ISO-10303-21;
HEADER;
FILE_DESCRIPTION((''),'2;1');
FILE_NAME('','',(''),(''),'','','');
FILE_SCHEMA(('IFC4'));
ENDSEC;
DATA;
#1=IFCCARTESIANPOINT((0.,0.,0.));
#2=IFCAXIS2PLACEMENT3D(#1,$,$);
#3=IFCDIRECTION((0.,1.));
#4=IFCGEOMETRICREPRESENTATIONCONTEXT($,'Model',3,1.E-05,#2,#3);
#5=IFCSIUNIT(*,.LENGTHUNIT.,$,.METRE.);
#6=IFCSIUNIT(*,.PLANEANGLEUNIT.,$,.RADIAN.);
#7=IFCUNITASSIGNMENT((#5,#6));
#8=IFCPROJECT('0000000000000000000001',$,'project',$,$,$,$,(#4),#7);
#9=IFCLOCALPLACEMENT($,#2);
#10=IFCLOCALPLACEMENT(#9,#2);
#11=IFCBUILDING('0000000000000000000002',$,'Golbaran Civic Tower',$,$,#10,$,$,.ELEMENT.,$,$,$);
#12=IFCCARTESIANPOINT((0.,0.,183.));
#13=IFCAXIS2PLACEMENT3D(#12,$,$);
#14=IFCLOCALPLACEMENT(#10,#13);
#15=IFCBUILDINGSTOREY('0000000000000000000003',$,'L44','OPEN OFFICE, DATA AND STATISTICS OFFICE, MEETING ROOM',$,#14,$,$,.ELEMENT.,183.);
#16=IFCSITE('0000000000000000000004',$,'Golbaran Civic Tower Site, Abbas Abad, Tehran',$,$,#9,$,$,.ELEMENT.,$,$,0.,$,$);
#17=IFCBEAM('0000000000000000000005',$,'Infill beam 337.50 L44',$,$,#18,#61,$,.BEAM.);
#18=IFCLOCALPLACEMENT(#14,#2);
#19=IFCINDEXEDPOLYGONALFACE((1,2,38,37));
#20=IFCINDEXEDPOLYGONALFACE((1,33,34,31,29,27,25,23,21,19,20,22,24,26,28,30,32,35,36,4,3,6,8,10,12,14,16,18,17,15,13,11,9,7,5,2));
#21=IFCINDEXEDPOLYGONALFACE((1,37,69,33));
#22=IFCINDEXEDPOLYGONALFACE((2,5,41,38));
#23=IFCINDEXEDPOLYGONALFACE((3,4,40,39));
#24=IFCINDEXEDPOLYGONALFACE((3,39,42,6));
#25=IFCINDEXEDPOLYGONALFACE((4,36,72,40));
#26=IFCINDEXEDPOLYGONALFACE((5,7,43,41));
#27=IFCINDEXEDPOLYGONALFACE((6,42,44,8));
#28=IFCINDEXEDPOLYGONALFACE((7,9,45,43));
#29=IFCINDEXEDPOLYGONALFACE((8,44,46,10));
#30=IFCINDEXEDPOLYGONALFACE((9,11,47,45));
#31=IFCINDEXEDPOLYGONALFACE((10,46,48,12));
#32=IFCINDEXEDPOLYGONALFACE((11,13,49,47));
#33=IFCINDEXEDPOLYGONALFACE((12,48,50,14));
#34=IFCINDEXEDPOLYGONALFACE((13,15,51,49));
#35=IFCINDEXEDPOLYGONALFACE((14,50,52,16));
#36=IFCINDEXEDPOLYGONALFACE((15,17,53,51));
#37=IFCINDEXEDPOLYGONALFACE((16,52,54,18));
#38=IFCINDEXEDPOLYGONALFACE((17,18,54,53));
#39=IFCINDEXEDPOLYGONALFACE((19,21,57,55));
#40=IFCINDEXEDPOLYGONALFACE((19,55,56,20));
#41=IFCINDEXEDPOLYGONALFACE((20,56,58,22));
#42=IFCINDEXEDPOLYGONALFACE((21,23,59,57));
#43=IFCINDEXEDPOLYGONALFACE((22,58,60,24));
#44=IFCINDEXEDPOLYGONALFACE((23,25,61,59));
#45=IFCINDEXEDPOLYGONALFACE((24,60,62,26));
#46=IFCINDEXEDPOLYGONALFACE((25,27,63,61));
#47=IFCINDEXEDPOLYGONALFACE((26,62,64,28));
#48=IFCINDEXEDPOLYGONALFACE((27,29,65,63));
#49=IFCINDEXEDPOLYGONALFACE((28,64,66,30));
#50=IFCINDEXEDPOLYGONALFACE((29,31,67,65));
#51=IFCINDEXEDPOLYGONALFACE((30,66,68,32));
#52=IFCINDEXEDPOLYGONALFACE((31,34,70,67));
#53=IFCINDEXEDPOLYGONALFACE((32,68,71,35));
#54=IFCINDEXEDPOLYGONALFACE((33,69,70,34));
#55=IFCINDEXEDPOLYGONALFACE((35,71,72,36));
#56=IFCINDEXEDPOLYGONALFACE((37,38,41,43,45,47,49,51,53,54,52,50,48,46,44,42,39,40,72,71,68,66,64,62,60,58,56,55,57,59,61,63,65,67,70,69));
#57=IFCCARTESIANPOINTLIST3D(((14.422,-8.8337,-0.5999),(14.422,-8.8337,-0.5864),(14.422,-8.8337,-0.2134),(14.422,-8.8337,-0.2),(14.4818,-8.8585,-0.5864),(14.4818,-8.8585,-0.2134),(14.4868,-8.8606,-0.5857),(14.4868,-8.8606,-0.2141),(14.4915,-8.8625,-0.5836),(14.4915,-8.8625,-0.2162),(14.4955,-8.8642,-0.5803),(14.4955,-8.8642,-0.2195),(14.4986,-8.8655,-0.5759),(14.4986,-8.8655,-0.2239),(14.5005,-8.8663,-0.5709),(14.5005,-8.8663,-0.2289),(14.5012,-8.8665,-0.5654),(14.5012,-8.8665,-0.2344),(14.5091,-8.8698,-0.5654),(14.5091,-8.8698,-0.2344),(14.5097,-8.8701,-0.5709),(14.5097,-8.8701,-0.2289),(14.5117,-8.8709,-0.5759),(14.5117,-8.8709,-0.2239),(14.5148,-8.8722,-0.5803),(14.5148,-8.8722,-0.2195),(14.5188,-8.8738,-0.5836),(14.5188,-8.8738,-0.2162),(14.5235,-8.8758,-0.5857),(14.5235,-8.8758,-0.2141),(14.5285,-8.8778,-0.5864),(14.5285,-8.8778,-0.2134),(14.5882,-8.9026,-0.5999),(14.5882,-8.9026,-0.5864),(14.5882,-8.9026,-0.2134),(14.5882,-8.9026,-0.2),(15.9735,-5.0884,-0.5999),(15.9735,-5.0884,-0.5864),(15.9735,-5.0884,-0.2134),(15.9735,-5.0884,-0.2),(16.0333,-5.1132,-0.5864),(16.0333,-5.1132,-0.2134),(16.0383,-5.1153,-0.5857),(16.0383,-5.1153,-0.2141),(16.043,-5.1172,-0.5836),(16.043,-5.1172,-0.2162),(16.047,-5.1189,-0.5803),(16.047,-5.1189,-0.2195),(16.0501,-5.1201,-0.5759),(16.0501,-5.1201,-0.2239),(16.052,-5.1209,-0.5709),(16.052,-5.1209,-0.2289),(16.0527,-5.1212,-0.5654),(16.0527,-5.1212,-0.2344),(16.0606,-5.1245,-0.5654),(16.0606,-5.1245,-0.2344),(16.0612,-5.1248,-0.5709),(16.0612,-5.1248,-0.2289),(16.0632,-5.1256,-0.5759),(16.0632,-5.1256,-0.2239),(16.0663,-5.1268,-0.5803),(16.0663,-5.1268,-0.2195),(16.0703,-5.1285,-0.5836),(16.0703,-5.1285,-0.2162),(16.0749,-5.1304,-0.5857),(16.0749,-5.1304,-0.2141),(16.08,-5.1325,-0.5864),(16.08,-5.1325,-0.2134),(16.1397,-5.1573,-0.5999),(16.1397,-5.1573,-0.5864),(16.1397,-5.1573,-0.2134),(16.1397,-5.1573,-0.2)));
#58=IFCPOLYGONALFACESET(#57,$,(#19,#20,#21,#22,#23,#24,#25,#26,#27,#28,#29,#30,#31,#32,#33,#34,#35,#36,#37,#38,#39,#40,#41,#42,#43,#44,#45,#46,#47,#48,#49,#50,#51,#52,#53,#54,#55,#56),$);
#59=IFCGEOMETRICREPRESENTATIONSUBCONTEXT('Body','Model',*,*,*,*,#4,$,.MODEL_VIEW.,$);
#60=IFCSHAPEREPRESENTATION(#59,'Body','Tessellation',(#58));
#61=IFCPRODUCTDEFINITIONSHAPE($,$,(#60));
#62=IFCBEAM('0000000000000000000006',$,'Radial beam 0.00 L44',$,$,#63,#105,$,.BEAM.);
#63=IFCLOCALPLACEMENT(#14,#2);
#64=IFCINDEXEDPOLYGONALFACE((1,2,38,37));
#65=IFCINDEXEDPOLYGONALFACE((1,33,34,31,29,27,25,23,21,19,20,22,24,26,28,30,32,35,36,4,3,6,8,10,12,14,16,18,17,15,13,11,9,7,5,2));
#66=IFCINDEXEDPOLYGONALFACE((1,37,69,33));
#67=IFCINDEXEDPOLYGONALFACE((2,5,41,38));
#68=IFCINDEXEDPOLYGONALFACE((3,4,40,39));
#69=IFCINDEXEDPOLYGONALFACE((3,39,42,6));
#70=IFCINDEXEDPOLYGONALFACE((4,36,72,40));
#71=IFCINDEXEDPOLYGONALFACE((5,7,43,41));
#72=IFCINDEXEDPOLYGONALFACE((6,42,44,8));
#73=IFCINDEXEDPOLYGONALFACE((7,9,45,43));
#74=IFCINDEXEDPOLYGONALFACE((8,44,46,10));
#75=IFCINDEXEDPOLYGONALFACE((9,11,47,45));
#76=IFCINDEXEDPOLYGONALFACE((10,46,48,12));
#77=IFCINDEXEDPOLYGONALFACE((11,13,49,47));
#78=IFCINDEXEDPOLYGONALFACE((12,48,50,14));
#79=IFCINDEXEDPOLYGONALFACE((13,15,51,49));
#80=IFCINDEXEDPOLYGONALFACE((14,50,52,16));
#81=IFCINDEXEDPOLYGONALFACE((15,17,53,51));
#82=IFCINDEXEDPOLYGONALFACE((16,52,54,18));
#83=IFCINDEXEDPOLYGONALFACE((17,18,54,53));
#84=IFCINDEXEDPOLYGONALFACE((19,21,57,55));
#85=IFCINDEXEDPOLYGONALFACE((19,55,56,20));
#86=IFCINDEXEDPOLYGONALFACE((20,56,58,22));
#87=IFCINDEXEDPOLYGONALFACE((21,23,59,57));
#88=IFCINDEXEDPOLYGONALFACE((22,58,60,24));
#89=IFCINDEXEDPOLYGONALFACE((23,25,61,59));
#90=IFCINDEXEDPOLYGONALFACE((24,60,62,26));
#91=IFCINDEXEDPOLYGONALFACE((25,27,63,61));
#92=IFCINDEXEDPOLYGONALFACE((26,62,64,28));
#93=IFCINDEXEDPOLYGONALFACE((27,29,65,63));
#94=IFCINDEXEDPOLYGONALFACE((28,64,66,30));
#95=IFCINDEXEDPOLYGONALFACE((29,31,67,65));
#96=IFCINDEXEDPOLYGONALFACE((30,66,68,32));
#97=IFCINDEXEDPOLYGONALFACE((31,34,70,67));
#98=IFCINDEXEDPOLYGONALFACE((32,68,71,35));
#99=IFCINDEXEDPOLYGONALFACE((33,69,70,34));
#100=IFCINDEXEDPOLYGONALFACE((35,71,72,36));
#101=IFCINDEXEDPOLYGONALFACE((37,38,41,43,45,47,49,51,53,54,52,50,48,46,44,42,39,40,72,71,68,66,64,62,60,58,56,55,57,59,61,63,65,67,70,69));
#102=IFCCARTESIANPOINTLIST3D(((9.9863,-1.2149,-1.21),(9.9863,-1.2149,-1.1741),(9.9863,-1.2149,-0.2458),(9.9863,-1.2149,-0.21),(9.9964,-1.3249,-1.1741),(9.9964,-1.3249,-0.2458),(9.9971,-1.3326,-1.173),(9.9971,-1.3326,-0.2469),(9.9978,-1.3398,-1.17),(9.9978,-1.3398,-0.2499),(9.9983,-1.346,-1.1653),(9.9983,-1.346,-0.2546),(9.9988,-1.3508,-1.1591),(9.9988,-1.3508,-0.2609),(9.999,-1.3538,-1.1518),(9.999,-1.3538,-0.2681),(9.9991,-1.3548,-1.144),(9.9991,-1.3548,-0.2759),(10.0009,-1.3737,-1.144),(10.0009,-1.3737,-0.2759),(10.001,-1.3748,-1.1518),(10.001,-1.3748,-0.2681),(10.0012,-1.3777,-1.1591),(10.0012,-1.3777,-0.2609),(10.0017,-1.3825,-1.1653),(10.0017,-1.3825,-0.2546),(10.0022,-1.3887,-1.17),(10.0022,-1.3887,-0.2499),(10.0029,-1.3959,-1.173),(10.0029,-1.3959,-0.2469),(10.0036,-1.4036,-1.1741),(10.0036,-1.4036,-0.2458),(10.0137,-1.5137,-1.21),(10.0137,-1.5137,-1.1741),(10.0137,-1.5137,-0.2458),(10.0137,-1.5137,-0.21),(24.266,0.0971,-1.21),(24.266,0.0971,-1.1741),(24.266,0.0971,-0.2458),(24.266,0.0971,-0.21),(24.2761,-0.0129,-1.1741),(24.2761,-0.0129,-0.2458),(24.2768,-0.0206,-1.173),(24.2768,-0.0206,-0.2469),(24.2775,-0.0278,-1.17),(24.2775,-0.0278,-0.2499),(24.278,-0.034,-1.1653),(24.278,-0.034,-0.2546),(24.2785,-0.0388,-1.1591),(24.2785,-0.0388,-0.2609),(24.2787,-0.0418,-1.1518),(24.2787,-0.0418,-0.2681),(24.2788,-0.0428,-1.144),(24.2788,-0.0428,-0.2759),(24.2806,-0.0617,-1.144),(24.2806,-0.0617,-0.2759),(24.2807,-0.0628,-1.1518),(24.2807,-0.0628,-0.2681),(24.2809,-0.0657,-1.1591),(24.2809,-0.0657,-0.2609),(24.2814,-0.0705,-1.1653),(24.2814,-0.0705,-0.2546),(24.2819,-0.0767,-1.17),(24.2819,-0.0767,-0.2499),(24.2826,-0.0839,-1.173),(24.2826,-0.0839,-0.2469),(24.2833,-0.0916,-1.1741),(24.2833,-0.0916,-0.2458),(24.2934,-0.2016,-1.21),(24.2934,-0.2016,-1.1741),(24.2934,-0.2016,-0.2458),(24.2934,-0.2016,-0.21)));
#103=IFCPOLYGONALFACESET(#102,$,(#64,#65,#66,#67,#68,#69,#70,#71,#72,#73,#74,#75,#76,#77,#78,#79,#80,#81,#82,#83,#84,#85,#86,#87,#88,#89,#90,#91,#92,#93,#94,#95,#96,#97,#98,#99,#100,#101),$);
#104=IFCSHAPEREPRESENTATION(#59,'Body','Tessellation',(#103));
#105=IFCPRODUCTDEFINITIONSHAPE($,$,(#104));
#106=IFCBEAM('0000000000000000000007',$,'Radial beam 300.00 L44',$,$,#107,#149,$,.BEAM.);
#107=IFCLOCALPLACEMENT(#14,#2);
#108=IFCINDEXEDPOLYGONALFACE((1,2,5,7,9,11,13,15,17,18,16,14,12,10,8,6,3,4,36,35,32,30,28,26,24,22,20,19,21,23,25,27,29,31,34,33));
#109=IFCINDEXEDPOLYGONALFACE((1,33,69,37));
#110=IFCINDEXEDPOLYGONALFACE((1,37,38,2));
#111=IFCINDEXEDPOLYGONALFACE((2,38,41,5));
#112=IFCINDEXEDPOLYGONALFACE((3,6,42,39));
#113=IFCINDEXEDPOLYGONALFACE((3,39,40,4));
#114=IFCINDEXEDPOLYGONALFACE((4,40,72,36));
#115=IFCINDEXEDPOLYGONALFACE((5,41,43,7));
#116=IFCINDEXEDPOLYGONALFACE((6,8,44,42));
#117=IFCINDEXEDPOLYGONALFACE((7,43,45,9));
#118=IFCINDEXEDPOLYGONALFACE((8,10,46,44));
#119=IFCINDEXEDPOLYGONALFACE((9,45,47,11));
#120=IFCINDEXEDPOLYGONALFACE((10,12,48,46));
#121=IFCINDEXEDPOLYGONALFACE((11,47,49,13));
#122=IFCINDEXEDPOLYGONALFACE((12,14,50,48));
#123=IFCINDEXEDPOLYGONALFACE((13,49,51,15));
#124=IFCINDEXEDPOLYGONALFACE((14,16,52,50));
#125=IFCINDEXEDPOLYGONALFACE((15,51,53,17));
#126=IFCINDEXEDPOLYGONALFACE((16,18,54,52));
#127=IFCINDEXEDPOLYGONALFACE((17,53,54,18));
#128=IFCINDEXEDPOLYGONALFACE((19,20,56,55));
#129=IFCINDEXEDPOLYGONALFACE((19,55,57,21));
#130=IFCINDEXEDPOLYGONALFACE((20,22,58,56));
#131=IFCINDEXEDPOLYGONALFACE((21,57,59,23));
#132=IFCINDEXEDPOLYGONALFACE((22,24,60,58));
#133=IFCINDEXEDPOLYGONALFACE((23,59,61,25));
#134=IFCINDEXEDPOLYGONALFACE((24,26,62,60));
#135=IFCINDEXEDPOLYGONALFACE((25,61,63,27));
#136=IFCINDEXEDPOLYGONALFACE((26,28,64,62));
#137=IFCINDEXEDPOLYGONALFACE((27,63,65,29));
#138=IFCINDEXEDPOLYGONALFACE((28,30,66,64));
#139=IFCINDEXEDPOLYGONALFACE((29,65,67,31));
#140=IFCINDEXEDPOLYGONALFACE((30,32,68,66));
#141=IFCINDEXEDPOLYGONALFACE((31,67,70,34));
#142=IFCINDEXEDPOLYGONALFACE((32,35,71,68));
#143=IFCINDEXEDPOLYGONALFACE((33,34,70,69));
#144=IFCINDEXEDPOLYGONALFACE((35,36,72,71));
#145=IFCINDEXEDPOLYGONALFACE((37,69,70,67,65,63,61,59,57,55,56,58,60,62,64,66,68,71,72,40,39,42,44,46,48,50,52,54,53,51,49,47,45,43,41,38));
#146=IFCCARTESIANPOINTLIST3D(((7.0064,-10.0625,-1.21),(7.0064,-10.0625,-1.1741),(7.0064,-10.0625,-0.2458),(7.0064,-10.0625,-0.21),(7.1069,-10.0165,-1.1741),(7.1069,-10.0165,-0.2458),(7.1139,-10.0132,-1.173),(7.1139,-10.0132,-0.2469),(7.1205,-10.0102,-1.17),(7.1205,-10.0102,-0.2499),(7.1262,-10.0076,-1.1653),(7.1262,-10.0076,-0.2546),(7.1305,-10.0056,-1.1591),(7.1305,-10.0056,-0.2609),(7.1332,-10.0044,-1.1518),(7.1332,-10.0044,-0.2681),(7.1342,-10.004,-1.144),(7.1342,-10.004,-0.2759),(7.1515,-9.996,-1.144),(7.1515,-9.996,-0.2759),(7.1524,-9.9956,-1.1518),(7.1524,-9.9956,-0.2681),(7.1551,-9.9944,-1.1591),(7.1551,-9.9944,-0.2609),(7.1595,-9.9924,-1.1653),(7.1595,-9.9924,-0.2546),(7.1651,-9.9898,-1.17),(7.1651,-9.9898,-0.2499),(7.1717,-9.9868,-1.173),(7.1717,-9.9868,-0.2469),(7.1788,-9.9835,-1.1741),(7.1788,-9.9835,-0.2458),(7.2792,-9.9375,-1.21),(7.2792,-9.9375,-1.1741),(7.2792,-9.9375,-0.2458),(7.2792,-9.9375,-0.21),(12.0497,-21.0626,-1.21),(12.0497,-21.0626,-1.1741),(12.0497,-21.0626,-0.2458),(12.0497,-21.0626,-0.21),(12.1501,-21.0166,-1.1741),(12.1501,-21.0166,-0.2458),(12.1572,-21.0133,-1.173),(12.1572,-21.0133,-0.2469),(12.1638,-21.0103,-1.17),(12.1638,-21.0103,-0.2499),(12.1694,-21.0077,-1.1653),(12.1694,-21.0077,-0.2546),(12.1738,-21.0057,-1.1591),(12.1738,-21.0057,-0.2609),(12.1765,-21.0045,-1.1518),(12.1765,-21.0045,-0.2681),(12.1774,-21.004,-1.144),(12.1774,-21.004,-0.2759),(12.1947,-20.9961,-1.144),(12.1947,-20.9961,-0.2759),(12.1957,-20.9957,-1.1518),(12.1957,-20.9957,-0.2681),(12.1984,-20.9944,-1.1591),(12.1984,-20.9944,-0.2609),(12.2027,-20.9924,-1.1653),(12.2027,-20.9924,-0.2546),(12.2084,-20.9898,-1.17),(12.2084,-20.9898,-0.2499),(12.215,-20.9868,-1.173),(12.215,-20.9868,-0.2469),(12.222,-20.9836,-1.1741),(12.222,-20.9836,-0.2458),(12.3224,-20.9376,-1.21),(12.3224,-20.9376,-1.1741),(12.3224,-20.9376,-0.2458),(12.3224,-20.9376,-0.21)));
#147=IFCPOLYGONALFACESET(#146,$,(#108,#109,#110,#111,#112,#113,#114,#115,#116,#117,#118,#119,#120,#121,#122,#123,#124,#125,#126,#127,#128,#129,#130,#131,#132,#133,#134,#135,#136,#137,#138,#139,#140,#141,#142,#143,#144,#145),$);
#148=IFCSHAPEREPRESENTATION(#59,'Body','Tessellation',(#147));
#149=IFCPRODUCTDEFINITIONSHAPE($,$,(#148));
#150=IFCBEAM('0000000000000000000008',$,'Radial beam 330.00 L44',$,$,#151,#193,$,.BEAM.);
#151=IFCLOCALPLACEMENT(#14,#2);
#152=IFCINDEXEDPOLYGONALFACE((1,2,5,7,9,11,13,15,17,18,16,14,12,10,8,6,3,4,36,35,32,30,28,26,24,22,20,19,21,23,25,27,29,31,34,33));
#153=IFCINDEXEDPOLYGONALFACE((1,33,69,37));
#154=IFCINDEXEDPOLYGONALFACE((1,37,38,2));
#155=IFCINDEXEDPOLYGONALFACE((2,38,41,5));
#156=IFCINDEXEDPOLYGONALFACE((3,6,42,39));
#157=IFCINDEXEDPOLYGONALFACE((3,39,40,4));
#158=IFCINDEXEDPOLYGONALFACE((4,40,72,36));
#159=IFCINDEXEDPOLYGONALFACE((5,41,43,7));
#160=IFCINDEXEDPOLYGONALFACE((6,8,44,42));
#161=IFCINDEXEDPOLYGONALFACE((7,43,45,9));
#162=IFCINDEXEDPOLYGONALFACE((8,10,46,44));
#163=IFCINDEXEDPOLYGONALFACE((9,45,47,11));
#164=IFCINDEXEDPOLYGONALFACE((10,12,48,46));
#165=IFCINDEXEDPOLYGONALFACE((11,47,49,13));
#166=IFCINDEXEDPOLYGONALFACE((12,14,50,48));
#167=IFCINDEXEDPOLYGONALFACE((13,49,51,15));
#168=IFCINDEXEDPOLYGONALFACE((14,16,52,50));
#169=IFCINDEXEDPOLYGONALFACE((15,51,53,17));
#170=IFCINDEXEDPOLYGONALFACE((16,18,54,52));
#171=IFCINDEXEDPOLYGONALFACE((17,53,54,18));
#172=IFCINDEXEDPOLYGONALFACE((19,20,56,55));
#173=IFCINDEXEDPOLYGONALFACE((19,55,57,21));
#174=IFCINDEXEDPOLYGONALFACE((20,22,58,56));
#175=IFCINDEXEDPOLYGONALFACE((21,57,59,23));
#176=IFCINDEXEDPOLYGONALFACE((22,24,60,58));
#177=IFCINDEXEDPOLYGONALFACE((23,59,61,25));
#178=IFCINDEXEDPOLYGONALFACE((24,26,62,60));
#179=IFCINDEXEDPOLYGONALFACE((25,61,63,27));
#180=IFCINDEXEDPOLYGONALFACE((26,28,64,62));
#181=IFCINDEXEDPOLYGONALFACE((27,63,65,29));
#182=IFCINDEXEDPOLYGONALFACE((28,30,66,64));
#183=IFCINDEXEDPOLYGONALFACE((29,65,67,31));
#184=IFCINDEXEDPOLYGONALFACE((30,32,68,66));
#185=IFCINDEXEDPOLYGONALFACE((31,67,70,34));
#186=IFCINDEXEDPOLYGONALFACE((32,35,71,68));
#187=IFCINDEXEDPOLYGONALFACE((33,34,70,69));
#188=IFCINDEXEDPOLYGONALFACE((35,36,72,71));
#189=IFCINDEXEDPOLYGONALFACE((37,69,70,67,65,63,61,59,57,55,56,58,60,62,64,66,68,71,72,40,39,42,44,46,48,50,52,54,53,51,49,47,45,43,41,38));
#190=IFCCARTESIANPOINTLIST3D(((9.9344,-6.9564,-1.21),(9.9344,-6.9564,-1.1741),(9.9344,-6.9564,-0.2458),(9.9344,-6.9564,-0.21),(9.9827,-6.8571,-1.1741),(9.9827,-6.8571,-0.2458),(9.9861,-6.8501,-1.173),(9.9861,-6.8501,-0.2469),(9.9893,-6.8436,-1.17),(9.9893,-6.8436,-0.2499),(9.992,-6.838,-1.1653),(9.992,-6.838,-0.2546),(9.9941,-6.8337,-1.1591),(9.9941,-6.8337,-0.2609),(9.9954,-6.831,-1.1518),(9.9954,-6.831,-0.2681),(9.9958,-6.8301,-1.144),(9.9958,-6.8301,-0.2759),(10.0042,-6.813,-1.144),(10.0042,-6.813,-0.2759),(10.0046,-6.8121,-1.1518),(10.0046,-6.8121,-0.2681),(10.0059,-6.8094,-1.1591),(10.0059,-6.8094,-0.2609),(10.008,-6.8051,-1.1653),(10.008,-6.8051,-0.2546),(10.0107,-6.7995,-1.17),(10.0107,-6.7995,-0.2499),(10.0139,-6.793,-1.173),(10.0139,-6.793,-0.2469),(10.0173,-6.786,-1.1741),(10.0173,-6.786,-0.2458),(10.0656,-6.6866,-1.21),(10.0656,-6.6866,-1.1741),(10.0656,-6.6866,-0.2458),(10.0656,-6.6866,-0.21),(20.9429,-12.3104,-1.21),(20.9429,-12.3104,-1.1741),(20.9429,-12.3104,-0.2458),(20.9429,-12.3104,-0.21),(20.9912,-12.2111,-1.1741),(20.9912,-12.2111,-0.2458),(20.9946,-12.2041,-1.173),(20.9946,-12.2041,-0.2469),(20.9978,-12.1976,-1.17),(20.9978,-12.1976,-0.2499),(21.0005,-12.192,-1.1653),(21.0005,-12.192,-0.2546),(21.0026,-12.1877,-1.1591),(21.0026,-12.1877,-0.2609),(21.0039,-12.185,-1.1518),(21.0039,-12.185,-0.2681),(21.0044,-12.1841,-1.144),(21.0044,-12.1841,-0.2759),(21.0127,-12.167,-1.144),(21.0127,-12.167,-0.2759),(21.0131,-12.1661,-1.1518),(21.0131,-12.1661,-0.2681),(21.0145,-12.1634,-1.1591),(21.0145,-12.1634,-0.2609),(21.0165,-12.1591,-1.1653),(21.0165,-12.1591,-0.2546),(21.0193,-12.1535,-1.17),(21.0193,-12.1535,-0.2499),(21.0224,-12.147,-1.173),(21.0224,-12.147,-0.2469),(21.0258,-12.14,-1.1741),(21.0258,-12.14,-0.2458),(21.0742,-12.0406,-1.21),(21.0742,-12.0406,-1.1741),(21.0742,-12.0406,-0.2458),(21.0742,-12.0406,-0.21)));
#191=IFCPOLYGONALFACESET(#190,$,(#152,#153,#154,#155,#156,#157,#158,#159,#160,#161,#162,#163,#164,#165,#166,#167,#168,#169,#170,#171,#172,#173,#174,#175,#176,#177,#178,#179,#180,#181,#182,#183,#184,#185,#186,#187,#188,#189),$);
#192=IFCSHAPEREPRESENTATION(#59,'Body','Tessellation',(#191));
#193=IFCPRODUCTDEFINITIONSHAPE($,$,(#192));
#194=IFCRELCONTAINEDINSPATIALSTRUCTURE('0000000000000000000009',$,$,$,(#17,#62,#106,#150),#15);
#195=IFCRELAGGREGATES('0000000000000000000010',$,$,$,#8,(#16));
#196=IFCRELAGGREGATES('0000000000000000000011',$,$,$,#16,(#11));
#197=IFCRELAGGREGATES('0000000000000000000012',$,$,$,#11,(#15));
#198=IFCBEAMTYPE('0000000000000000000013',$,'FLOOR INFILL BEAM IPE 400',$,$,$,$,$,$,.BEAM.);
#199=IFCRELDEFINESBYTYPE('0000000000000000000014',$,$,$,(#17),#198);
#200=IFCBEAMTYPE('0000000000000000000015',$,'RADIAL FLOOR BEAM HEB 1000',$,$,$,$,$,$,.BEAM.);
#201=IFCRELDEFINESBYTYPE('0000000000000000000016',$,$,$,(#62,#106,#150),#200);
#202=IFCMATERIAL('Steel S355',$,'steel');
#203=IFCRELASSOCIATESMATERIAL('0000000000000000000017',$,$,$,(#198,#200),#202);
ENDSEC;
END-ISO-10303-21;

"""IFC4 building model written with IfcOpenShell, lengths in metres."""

from ifc_helpers import new_model, si_unit, direction, frame, origin, origin_2d, place, context, subcontext, project, spatial, i_section, extrude, material, material_profile, profile_set, type_object, element, save


model = new_model("IFC4")

# Units and contexts
model_context = context("Model", 3, precision=1e-05, world=origin(), true_north=direction((0.0, 1.0)))
body_context = subcontext(model_context, "Body", "Model", "MODEL_VIEW")
ifc_project = project(units=[si_unit("LENGTHUNIT", "METRE"), si_unit("PLANEANGLEUNIT", "RADIAN")], contexts=[model_context])

# Site, building, storey
site_placement = place(None, origin())
site = spatial("IfcSite", under=ifc_project, at=site_placement, Name="Golbaran Civic Tower Site, Abbas Abad, Tehran", CompositionType="ELEMENT", RefElevation=0.0)
building_placement = place(site_placement, origin())
building = spatial("IfcBuilding", under=site, at=building_placement, Name="Golbaran Civic Tower", CompositionType="ELEMENT")
storey_placement = place(building_placement, frame((0.0, 0.0, 183.0)))
storey = spatial("IfcBuildingStorey", under=building, at=storey_placement, Name="L44", Description="OPEN OFFICE, DATA AND STATISTICS OFFICE, MEETING ROOM", CompositionType="ELEMENT", Elevation=183.0)

# Beams
ifc_material_1 = material(Name="Steel S355", Category="steel")
ifc_material_profile_1 = material_profile(ifc_material_1, i_section(OverallWidth=0.1799, OverallDepth=0.3999, WebThickness=0.0085, FlangeThickness=0.0134, FilletRadius=0.021, at=origin_2d()), Name="IPE 400")
ifc_profile_set_1 = profile_set([ifc_material_profile_1], Name="Steel S355")
beam_type_1 = type_object("IfcBeamType", Name="FLOOR INFILL BEAM IPE 400", PredefinedType="BEAM", material=ifc_profile_set_1)
beam_1_placement = place(storey_placement, frame((14.5051, -8.8682, -0.3999), z_axis=(0.382712, 0.923868, 0.0), x_axis=(-0.923868, 0.382712, 0.0)))
element("IfcBeam", 1, at=beam_1_placement, inside=storey, type_object=beam_type_1, Name="Infill beam 337.50 L44", PredefinedType="BEAM", context=body_context, shape_type="SweptSolid", body=[
    extrude(i_section(OverallWidth=0.1799, OverallDepth=0.3999, WebThickness=0.0085, FlangeThickness=0.0134, FilletRadius=0.021, at=origin_2d()), origin(), (0.0, 0.0, 1.0), 4.054),
])
ifc_material_profile_2 = material_profile(ifc_material_1, i_section(OverallWidth=0.3, OverallDepth=1.0, WebThickness=0.019, FlangeThickness=0.0359, FilletRadius=0.03, at=origin_2d()), Name="HEB 1000")
ifc_profile_set_2 = profile_set([ifc_material_profile_2], Name="Steel S355")
beam_type_2 = type_object("IfcBeamType", Name="RADIAL FLOOR BEAM HEB 1000", PredefinedType="BEAM", material=ifc_profile_set_2)
beam_2_placement = place(storey_placement, frame((10.0, -1.3643, -0.71), z_axis=(0.995806, 0.091494, 0.0), x_axis=(-0.091494, 0.995806, 0.0)))
element("IfcBeam", 2, at=beam_2_placement, inside=storey, type_object=beam_type_2, Name="Radial beam 0.00 L44", PredefinedType="BEAM", context=body_context, shape_type="SweptSolid", body=[
    extrude(i_section(OverallWidth=0.3, OverallDepth=1.0, WebThickness=0.019, FlangeThickness=0.0359, FilletRadius=0.03, at=origin_2d()), origin(), (0.0, 0.0, 1.0), 14.3398),
])
beam_3_placement = place(storey_placement, frame((7.1428, -10.0, -0.71), z_axis=(0.41676, -0.909016, 0.0), x_axis=(0.909016, 0.41676, 0.0)))
element("IfcBeam", 3, at=beam_3_placement, inside=storey, type_object=beam_type_2, Name="Radial beam 300.00 L44", PredefinedType="BEAM", context=body_context, shape_type="SweptSolid", body=[
    extrude(i_section(OverallWidth=0.3, OverallDepth=1.0, WebThickness=0.019, FlangeThickness=0.0359, FilletRadius=0.03, at=origin_2d()), origin(), (0.0, 0.0, 1.0), 12.1011),
])
beam_4_placement = place(storey_placement, frame((10.0, -6.8215, -0.71), z_axis=(0.899283, -0.437366, 0.0), x_axis=(0.437366, 0.899283, 0.0)))
element("IfcBeam", 4, at=beam_4_placement, inside=storey, type_object=beam_type_2, Name="Radial beam 330.00 L44", PredefinedType="BEAM", context=body_context, shape_type="SweptSolid", body=[
    extrude(i_section(OverallWidth=0.3, OverallDepth=1.0, WebThickness=0.019, FlangeThickness=0.0359, FilletRadius=0.03, at=origin_2d()), origin(), (0.0, 0.0, 1.0), 12.2415),
])

save(model, "model.ifc")
